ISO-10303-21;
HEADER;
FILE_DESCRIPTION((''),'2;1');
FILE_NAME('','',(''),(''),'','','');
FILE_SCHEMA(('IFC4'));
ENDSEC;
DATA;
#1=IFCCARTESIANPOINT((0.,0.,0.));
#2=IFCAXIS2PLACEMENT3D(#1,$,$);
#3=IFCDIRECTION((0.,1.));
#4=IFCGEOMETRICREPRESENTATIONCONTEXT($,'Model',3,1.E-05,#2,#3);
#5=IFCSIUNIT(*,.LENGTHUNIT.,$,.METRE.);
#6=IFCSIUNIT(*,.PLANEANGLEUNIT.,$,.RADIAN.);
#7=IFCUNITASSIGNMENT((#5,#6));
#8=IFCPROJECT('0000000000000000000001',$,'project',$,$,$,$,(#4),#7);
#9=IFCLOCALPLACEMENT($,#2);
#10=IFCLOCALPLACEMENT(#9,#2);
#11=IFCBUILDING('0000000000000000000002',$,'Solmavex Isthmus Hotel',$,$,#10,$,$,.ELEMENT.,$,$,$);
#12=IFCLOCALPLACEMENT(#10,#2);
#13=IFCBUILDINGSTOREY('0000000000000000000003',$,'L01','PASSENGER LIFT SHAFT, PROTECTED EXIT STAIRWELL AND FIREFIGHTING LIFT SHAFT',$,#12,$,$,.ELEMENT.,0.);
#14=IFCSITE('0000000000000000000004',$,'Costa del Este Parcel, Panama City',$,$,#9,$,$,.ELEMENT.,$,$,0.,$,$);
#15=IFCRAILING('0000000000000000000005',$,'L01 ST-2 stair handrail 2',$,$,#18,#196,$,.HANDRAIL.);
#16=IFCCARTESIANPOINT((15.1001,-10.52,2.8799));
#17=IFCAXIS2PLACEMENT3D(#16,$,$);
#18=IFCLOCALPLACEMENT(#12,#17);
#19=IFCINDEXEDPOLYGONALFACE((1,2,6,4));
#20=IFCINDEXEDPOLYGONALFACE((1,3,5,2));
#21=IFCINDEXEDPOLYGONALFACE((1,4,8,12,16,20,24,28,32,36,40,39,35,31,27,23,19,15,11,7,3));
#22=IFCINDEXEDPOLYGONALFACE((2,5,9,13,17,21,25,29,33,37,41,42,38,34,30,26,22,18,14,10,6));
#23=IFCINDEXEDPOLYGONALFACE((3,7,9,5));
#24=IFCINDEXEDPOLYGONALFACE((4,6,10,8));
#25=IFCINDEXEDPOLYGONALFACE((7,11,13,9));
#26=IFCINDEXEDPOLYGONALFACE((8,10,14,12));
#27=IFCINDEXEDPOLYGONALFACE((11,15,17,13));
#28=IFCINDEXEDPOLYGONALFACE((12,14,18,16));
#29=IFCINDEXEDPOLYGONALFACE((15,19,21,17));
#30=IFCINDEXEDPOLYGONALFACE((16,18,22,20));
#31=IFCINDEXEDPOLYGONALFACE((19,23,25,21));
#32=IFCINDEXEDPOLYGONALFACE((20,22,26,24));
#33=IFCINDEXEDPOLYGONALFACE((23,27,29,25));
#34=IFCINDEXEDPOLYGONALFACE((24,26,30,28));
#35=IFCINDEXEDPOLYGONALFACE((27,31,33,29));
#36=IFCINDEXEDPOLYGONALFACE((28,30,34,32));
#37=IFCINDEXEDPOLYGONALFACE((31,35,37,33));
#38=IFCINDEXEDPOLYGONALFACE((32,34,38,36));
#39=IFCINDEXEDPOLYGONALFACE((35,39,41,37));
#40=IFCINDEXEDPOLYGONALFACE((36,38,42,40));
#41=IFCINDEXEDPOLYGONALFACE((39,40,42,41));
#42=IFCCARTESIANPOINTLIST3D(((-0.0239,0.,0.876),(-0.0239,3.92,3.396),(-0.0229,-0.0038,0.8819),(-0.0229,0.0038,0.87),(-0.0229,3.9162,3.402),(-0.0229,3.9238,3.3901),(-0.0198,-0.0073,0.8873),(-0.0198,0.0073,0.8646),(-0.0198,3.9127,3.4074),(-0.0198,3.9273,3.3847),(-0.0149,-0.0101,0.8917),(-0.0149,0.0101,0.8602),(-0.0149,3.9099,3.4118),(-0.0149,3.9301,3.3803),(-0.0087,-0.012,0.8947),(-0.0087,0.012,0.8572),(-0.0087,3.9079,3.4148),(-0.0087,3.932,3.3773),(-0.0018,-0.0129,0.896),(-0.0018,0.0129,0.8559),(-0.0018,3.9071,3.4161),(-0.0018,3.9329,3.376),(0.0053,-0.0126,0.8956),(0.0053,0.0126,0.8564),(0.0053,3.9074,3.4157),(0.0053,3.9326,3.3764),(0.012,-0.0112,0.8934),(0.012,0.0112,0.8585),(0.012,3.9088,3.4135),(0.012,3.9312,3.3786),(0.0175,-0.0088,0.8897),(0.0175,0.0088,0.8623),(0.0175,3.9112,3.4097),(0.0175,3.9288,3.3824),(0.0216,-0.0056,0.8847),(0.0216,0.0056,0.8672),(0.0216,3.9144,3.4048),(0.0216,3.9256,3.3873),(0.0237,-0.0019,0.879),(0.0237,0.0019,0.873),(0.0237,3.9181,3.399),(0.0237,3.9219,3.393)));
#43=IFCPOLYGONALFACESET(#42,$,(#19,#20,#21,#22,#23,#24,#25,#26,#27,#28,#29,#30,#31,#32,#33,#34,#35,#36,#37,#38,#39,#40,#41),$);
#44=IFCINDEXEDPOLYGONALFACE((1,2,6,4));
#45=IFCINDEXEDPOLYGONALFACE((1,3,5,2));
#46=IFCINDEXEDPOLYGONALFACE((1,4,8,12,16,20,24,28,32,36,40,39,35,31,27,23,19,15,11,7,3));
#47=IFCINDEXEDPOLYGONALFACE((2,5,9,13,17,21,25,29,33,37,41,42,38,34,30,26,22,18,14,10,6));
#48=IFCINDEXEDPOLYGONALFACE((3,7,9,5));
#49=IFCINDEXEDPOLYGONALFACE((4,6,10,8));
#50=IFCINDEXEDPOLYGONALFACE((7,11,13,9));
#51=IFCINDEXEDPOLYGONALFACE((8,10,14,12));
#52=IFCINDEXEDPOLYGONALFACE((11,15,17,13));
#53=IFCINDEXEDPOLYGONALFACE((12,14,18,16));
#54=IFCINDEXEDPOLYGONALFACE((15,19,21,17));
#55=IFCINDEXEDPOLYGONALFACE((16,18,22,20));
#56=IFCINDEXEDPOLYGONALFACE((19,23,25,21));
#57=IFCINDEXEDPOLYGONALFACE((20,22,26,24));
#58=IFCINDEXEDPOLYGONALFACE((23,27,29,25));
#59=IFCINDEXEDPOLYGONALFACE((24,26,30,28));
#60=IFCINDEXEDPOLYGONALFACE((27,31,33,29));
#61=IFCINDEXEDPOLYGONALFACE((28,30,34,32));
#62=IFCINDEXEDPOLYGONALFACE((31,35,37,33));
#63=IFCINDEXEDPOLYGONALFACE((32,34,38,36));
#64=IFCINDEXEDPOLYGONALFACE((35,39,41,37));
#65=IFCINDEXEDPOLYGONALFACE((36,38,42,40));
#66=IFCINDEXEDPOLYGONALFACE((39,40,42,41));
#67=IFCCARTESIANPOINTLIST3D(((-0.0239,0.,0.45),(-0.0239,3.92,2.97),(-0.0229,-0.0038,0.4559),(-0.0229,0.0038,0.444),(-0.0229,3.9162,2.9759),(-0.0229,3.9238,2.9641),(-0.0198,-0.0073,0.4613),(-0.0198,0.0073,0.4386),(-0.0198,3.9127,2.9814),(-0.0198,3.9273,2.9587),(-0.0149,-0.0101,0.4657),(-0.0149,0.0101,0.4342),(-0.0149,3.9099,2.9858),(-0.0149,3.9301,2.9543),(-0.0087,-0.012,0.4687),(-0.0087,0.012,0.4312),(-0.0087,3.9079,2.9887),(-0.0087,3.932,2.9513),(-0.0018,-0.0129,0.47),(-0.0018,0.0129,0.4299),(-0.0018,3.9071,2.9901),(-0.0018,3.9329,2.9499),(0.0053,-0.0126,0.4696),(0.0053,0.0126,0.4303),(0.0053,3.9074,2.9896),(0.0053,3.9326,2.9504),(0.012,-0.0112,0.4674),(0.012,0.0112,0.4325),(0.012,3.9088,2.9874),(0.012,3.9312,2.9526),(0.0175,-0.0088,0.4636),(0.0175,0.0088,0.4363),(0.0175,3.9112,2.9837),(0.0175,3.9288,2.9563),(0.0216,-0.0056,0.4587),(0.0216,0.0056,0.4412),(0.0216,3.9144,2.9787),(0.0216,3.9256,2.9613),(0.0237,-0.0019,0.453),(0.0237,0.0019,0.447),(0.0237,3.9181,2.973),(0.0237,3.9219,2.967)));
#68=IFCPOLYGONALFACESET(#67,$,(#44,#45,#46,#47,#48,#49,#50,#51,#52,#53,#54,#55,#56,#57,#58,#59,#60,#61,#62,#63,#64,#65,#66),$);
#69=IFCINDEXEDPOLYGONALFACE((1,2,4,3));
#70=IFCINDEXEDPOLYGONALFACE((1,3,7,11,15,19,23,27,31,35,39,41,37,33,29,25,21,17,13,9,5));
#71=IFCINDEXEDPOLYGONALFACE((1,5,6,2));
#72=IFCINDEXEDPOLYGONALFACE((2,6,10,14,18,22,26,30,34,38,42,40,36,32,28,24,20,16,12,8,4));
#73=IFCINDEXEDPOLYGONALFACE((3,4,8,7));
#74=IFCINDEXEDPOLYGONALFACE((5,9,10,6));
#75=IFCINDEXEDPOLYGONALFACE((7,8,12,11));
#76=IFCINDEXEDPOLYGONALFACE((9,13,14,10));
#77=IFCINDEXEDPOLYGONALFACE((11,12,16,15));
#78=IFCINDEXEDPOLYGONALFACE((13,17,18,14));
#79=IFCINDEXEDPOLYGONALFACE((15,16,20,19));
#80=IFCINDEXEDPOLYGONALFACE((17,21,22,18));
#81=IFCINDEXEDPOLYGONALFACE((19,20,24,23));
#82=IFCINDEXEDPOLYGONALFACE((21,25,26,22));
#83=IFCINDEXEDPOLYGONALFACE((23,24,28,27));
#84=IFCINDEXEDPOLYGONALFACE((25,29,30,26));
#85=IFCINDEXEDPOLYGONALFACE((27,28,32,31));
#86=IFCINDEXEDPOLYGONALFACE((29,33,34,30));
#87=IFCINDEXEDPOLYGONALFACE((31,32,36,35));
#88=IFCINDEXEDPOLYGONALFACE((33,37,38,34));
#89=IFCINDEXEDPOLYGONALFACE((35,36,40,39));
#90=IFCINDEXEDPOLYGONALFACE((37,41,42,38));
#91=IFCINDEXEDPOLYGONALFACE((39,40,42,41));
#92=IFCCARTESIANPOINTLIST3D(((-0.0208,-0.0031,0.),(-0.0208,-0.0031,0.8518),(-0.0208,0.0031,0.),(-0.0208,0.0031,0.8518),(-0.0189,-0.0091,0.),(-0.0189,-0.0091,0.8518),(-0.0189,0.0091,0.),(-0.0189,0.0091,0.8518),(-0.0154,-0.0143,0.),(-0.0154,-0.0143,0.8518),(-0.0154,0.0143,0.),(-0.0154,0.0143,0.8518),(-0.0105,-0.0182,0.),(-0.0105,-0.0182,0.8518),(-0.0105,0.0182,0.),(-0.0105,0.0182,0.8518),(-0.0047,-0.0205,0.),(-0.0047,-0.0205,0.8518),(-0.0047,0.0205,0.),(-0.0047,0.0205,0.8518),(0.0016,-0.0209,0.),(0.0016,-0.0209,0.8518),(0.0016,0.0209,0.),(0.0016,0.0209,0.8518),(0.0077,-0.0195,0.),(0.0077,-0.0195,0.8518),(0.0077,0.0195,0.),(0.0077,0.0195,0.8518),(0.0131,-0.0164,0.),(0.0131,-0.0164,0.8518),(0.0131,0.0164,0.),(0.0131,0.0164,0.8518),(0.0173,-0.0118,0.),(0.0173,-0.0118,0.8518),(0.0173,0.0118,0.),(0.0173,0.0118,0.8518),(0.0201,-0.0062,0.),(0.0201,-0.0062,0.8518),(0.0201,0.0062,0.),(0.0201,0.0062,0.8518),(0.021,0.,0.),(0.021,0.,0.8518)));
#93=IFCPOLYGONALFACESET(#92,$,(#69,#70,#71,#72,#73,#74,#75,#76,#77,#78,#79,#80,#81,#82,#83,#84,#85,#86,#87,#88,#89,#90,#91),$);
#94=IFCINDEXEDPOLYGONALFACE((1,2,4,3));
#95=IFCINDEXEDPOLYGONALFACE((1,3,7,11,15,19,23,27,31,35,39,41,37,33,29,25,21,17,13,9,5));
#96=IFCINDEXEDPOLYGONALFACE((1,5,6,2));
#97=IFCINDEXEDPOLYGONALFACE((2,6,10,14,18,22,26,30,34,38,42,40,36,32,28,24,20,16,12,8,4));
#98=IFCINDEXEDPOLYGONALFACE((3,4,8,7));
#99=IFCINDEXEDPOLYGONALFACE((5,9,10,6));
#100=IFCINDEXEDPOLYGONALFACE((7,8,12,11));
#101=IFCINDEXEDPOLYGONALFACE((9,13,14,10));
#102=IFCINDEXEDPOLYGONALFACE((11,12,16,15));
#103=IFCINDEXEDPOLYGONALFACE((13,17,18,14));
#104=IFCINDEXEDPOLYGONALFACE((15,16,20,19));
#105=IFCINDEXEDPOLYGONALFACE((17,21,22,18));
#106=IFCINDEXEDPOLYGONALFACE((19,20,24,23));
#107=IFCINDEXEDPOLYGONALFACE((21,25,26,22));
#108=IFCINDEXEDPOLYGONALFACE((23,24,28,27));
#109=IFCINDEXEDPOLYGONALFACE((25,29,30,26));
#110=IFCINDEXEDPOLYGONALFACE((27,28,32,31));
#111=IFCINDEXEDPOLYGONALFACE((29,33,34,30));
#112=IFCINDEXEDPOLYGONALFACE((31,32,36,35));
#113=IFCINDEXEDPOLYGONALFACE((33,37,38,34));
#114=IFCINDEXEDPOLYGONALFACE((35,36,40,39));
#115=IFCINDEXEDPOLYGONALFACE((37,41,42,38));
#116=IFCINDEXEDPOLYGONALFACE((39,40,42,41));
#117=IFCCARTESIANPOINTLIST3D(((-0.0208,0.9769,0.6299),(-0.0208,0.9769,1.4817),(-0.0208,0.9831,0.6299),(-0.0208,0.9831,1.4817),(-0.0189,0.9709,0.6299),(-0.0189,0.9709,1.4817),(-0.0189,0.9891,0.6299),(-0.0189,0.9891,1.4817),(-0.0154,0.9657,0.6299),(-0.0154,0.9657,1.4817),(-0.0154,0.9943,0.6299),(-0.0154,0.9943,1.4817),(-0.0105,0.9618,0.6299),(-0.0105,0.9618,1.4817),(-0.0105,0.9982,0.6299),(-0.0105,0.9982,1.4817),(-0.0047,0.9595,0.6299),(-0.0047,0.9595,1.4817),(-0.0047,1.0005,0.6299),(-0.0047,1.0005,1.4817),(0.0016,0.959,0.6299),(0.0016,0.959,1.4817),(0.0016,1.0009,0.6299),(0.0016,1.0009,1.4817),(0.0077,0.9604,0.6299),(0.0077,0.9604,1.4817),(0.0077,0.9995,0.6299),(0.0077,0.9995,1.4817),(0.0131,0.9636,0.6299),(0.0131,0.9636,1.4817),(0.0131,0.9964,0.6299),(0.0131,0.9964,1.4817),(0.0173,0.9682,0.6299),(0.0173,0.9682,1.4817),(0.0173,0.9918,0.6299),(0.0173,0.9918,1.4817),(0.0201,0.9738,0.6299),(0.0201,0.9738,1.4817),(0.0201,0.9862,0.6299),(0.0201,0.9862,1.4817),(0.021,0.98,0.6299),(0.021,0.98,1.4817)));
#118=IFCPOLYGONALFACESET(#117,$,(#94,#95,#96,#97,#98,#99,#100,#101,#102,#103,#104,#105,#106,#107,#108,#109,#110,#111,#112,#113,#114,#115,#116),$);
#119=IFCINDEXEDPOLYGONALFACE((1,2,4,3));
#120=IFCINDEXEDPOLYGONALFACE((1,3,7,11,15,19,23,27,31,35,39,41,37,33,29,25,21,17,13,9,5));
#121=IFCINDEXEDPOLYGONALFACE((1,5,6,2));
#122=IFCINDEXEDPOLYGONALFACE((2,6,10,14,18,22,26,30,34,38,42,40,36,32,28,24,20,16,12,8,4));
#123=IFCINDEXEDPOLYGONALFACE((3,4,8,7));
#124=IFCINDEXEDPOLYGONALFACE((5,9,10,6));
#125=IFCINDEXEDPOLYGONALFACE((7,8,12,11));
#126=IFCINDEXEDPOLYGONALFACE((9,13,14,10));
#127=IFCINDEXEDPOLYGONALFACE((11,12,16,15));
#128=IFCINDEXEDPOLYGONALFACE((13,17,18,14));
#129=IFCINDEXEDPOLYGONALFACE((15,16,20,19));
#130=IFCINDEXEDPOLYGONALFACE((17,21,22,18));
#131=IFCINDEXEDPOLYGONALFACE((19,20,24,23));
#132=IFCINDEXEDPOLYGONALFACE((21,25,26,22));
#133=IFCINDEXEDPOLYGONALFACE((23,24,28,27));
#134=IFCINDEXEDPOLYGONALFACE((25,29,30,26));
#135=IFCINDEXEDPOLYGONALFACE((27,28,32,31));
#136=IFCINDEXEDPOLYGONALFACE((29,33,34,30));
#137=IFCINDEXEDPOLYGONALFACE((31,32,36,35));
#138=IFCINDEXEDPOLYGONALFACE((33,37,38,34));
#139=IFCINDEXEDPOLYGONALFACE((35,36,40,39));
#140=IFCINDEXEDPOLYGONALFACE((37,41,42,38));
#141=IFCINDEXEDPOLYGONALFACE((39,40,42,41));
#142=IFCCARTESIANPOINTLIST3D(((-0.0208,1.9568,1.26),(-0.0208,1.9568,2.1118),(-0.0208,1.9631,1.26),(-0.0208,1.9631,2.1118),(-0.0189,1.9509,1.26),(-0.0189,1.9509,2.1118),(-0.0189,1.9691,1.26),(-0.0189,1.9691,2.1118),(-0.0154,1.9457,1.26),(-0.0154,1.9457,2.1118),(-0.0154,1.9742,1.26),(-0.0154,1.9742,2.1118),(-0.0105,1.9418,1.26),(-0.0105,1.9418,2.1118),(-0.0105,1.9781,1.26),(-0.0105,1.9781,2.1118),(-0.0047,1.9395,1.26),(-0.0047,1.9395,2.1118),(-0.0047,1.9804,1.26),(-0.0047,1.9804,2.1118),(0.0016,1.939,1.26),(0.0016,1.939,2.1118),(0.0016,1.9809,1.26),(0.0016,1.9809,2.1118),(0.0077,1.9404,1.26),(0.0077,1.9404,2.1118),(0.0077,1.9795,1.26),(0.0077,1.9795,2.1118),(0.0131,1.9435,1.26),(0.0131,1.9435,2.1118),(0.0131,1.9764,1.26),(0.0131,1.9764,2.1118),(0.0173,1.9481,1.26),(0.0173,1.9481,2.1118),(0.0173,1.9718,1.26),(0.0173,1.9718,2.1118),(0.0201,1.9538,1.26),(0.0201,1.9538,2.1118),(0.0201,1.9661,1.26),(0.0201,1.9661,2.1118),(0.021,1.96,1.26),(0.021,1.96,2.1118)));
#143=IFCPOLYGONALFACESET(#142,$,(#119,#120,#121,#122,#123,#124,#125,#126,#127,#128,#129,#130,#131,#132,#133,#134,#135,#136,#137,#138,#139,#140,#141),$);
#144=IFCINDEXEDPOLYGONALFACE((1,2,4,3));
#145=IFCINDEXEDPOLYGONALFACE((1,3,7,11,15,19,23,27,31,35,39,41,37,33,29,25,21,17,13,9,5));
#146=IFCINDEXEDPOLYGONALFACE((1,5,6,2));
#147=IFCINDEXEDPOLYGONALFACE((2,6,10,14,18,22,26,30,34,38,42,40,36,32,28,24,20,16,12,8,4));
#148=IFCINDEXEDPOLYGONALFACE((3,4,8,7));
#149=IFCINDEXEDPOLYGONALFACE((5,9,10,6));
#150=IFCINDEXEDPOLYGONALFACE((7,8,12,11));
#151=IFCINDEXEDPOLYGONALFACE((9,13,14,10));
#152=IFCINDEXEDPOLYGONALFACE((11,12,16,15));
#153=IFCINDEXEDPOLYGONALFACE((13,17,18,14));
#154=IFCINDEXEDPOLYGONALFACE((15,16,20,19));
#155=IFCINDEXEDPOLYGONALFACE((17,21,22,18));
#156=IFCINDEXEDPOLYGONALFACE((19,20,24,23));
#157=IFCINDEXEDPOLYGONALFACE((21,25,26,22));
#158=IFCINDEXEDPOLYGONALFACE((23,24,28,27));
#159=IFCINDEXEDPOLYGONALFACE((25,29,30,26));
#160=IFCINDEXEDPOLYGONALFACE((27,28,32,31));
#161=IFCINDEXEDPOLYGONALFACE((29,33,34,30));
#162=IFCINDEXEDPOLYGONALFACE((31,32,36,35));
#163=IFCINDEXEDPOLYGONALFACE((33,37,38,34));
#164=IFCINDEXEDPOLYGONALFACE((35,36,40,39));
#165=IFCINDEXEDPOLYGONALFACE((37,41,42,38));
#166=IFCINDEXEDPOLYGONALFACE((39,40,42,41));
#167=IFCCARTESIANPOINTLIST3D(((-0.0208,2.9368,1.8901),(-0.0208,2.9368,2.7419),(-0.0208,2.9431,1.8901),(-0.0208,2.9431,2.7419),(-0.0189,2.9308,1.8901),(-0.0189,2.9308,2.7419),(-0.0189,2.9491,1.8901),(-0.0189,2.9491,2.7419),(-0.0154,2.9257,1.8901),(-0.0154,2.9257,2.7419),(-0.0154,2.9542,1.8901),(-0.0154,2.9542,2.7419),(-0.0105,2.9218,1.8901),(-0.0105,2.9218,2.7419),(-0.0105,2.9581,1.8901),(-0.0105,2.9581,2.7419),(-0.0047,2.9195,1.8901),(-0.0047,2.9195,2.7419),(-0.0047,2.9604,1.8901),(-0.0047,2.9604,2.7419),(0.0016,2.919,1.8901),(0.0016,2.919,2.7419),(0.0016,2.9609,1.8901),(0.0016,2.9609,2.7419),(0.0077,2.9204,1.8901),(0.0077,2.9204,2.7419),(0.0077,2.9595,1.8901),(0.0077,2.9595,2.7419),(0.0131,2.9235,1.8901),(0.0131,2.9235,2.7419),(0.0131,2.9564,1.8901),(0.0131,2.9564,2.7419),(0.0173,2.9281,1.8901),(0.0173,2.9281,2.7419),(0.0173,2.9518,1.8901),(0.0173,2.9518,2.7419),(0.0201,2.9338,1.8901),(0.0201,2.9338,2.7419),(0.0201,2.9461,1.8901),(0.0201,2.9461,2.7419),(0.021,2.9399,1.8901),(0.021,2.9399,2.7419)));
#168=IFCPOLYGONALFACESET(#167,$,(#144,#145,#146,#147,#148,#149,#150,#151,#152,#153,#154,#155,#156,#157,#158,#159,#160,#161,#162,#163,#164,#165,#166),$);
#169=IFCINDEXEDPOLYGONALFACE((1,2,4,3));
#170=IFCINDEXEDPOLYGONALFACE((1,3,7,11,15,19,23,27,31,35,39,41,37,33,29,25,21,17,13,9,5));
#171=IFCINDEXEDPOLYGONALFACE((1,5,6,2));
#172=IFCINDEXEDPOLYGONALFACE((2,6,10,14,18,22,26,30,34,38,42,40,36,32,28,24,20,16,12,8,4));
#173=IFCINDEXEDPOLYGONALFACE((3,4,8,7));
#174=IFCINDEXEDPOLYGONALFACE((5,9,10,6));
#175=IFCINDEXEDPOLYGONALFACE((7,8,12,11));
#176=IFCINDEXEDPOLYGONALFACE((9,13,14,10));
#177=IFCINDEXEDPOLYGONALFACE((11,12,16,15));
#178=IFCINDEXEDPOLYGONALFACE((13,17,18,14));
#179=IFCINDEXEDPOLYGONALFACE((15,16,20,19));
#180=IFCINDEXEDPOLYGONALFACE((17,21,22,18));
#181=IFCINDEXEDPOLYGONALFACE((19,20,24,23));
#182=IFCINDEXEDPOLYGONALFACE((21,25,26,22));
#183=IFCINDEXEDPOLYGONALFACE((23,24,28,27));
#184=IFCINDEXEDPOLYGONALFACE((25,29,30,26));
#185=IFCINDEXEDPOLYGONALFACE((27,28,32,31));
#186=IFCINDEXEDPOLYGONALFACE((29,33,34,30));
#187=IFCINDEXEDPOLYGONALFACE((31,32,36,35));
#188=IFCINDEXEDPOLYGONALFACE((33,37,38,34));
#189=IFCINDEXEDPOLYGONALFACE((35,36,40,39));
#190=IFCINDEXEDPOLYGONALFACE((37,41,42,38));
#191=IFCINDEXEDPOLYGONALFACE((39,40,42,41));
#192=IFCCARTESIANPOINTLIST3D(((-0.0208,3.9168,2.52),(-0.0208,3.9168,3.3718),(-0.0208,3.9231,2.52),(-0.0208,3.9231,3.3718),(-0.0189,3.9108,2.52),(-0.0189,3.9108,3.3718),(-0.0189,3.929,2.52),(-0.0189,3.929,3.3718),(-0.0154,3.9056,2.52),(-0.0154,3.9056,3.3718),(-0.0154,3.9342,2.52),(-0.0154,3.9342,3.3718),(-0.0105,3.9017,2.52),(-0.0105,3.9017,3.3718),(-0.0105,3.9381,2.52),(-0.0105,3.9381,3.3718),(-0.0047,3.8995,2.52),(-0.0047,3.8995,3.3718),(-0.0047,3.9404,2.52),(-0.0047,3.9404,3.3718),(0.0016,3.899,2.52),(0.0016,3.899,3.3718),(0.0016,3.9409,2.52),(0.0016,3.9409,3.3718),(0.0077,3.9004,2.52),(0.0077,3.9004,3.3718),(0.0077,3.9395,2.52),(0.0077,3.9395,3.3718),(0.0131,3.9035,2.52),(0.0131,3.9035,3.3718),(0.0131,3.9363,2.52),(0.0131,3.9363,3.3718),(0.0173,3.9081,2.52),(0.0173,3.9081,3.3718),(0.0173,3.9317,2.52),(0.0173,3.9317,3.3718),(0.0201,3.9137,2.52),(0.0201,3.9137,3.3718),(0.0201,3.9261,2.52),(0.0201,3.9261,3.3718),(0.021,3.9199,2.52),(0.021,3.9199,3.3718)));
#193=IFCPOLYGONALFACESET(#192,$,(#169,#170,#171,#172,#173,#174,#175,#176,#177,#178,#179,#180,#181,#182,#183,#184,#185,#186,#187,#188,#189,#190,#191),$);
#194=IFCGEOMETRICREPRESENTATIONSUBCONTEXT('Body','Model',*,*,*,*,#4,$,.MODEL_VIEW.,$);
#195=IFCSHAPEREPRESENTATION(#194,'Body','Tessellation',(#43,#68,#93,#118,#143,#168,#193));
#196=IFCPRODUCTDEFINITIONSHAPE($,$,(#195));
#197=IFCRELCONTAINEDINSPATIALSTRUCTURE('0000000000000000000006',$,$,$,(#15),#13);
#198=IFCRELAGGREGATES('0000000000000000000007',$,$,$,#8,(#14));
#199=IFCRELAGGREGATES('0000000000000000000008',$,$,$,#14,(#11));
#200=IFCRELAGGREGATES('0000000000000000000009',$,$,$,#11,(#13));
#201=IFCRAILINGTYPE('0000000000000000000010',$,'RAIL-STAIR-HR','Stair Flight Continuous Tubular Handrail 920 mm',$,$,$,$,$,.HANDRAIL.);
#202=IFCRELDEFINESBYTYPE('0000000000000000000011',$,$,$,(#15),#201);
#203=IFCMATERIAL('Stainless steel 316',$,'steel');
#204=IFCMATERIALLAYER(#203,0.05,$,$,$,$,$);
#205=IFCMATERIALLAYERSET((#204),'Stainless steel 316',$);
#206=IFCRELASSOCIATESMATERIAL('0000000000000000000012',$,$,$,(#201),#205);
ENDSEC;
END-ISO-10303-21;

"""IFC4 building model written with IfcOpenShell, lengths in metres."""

from ifc_helpers import new_model, si_unit, direction, frame, origin, origin_2d, place, context, subcontext, project, spatial, circle, extrude, material, layer, layer_set, type_object, element, save


model = new_model("IFC4")

# Units and contexts
model_context = context("Model", 3, precision=1e-05, world=origin(), true_north=direction((0.0, 1.0)))
body_context = subcontext(model_context, "Body", "Model", "MODEL_VIEW")
ifc_project = project(units=[si_unit("LENGTHUNIT", "METRE"), si_unit("PLANEANGLEUNIT", "RADIAN")], contexts=[model_context])

# Site, building, storey
site_placement = place(None, origin())
site = spatial("IfcSite", under=ifc_project, at=site_placement, Name="Costa del Este Parcel, Panama City", CompositionType="ELEMENT", RefElevation=0.0)
building_placement = place(site_placement, origin())
building = spatial("IfcBuilding", under=site, at=building_placement, Name="Solmavex Isthmus Hotel", CompositionType="ELEMENT")
storey_placement = place(building_placement, origin())
storey = spatial("IfcBuildingStorey", under=building, at=storey_placement, Name="L01", Description="PASSENGER LIFT SHAFT, PROTECTED EXIT STAIRWELL AND FIREFIGHTING LIFT SHAFT", CompositionType="ELEMENT", Elevation=0.0)

# Railing
ifc_material_1 = material(Name="Stainless steel 316", Category="steel")
ifc_layer_1 = layer(ifc_material_1, 0.05)
ifc_layer_set_1 = layer_set([ifc_layer_1], Name="Stainless steel 316")
railing_type_1 = type_object("IfcRailingType", Name="RAIL-STAIR-HR", Description="Stair Flight Continuous Tubular Handrail 920 mm", PredefinedType="HANDRAIL", material=ifc_layer_set_1)
railing_1_placement = place(storey_placement, frame((15.1001, -10.52, 2.8799)))
element("IfcRailing", 1, at=railing_1_placement, inside=storey, type_object=railing_type_1, Name="L01 ST-2 stair handrail 2", PredefinedType="HANDRAIL", context=body_context, shape_type="SweptSolid", body=[
    extrude(circle(Radius=0.0239, at=origin_2d()), frame((0.0, 0.0, 0.876), z_axis=(0.0, 0.841172, 0.540768), x_axis=(-1.0, 0.0, 0.0)), (0.0, 0.0, 1.0), 4.6602),
    extrude(circle(Radius=0.0239, at=origin_2d()), frame((0.0, 0.0, 0.45), z_axis=(0.0, 0.841172, 0.540768), x_axis=(-1.0, 0.0, 0.0)), (0.0, 0.0, 1.0), 4.6602),
    extrude(circle(Radius=0.021, at=origin_2d()), origin(), (0.0, 0.0, 1.0), 0.8518),
    extrude(circle(Radius=0.021, at=origin_2d()), frame((0.0, 0.98, 0.6299)), (0.0, 0.0, 1.0), 0.8518),
    extrude(circle(Radius=0.021, at=origin_2d()), frame((0.0, 1.96, 1.26)), (0.0, 0.0, 1.0), 0.8518),
    extrude(circle(Radius=0.021, at=origin_2d()), frame((0.0, 2.9399, 1.8901)), (0.0, 0.0, 1.0), 0.8518),
    extrude(circle(Radius=0.021, at=origin_2d()), frame((0.0, 3.9199, 2.52)), (0.0, 0.0, 1.0), 0.8518),
])

save(model, "model.ifc")
